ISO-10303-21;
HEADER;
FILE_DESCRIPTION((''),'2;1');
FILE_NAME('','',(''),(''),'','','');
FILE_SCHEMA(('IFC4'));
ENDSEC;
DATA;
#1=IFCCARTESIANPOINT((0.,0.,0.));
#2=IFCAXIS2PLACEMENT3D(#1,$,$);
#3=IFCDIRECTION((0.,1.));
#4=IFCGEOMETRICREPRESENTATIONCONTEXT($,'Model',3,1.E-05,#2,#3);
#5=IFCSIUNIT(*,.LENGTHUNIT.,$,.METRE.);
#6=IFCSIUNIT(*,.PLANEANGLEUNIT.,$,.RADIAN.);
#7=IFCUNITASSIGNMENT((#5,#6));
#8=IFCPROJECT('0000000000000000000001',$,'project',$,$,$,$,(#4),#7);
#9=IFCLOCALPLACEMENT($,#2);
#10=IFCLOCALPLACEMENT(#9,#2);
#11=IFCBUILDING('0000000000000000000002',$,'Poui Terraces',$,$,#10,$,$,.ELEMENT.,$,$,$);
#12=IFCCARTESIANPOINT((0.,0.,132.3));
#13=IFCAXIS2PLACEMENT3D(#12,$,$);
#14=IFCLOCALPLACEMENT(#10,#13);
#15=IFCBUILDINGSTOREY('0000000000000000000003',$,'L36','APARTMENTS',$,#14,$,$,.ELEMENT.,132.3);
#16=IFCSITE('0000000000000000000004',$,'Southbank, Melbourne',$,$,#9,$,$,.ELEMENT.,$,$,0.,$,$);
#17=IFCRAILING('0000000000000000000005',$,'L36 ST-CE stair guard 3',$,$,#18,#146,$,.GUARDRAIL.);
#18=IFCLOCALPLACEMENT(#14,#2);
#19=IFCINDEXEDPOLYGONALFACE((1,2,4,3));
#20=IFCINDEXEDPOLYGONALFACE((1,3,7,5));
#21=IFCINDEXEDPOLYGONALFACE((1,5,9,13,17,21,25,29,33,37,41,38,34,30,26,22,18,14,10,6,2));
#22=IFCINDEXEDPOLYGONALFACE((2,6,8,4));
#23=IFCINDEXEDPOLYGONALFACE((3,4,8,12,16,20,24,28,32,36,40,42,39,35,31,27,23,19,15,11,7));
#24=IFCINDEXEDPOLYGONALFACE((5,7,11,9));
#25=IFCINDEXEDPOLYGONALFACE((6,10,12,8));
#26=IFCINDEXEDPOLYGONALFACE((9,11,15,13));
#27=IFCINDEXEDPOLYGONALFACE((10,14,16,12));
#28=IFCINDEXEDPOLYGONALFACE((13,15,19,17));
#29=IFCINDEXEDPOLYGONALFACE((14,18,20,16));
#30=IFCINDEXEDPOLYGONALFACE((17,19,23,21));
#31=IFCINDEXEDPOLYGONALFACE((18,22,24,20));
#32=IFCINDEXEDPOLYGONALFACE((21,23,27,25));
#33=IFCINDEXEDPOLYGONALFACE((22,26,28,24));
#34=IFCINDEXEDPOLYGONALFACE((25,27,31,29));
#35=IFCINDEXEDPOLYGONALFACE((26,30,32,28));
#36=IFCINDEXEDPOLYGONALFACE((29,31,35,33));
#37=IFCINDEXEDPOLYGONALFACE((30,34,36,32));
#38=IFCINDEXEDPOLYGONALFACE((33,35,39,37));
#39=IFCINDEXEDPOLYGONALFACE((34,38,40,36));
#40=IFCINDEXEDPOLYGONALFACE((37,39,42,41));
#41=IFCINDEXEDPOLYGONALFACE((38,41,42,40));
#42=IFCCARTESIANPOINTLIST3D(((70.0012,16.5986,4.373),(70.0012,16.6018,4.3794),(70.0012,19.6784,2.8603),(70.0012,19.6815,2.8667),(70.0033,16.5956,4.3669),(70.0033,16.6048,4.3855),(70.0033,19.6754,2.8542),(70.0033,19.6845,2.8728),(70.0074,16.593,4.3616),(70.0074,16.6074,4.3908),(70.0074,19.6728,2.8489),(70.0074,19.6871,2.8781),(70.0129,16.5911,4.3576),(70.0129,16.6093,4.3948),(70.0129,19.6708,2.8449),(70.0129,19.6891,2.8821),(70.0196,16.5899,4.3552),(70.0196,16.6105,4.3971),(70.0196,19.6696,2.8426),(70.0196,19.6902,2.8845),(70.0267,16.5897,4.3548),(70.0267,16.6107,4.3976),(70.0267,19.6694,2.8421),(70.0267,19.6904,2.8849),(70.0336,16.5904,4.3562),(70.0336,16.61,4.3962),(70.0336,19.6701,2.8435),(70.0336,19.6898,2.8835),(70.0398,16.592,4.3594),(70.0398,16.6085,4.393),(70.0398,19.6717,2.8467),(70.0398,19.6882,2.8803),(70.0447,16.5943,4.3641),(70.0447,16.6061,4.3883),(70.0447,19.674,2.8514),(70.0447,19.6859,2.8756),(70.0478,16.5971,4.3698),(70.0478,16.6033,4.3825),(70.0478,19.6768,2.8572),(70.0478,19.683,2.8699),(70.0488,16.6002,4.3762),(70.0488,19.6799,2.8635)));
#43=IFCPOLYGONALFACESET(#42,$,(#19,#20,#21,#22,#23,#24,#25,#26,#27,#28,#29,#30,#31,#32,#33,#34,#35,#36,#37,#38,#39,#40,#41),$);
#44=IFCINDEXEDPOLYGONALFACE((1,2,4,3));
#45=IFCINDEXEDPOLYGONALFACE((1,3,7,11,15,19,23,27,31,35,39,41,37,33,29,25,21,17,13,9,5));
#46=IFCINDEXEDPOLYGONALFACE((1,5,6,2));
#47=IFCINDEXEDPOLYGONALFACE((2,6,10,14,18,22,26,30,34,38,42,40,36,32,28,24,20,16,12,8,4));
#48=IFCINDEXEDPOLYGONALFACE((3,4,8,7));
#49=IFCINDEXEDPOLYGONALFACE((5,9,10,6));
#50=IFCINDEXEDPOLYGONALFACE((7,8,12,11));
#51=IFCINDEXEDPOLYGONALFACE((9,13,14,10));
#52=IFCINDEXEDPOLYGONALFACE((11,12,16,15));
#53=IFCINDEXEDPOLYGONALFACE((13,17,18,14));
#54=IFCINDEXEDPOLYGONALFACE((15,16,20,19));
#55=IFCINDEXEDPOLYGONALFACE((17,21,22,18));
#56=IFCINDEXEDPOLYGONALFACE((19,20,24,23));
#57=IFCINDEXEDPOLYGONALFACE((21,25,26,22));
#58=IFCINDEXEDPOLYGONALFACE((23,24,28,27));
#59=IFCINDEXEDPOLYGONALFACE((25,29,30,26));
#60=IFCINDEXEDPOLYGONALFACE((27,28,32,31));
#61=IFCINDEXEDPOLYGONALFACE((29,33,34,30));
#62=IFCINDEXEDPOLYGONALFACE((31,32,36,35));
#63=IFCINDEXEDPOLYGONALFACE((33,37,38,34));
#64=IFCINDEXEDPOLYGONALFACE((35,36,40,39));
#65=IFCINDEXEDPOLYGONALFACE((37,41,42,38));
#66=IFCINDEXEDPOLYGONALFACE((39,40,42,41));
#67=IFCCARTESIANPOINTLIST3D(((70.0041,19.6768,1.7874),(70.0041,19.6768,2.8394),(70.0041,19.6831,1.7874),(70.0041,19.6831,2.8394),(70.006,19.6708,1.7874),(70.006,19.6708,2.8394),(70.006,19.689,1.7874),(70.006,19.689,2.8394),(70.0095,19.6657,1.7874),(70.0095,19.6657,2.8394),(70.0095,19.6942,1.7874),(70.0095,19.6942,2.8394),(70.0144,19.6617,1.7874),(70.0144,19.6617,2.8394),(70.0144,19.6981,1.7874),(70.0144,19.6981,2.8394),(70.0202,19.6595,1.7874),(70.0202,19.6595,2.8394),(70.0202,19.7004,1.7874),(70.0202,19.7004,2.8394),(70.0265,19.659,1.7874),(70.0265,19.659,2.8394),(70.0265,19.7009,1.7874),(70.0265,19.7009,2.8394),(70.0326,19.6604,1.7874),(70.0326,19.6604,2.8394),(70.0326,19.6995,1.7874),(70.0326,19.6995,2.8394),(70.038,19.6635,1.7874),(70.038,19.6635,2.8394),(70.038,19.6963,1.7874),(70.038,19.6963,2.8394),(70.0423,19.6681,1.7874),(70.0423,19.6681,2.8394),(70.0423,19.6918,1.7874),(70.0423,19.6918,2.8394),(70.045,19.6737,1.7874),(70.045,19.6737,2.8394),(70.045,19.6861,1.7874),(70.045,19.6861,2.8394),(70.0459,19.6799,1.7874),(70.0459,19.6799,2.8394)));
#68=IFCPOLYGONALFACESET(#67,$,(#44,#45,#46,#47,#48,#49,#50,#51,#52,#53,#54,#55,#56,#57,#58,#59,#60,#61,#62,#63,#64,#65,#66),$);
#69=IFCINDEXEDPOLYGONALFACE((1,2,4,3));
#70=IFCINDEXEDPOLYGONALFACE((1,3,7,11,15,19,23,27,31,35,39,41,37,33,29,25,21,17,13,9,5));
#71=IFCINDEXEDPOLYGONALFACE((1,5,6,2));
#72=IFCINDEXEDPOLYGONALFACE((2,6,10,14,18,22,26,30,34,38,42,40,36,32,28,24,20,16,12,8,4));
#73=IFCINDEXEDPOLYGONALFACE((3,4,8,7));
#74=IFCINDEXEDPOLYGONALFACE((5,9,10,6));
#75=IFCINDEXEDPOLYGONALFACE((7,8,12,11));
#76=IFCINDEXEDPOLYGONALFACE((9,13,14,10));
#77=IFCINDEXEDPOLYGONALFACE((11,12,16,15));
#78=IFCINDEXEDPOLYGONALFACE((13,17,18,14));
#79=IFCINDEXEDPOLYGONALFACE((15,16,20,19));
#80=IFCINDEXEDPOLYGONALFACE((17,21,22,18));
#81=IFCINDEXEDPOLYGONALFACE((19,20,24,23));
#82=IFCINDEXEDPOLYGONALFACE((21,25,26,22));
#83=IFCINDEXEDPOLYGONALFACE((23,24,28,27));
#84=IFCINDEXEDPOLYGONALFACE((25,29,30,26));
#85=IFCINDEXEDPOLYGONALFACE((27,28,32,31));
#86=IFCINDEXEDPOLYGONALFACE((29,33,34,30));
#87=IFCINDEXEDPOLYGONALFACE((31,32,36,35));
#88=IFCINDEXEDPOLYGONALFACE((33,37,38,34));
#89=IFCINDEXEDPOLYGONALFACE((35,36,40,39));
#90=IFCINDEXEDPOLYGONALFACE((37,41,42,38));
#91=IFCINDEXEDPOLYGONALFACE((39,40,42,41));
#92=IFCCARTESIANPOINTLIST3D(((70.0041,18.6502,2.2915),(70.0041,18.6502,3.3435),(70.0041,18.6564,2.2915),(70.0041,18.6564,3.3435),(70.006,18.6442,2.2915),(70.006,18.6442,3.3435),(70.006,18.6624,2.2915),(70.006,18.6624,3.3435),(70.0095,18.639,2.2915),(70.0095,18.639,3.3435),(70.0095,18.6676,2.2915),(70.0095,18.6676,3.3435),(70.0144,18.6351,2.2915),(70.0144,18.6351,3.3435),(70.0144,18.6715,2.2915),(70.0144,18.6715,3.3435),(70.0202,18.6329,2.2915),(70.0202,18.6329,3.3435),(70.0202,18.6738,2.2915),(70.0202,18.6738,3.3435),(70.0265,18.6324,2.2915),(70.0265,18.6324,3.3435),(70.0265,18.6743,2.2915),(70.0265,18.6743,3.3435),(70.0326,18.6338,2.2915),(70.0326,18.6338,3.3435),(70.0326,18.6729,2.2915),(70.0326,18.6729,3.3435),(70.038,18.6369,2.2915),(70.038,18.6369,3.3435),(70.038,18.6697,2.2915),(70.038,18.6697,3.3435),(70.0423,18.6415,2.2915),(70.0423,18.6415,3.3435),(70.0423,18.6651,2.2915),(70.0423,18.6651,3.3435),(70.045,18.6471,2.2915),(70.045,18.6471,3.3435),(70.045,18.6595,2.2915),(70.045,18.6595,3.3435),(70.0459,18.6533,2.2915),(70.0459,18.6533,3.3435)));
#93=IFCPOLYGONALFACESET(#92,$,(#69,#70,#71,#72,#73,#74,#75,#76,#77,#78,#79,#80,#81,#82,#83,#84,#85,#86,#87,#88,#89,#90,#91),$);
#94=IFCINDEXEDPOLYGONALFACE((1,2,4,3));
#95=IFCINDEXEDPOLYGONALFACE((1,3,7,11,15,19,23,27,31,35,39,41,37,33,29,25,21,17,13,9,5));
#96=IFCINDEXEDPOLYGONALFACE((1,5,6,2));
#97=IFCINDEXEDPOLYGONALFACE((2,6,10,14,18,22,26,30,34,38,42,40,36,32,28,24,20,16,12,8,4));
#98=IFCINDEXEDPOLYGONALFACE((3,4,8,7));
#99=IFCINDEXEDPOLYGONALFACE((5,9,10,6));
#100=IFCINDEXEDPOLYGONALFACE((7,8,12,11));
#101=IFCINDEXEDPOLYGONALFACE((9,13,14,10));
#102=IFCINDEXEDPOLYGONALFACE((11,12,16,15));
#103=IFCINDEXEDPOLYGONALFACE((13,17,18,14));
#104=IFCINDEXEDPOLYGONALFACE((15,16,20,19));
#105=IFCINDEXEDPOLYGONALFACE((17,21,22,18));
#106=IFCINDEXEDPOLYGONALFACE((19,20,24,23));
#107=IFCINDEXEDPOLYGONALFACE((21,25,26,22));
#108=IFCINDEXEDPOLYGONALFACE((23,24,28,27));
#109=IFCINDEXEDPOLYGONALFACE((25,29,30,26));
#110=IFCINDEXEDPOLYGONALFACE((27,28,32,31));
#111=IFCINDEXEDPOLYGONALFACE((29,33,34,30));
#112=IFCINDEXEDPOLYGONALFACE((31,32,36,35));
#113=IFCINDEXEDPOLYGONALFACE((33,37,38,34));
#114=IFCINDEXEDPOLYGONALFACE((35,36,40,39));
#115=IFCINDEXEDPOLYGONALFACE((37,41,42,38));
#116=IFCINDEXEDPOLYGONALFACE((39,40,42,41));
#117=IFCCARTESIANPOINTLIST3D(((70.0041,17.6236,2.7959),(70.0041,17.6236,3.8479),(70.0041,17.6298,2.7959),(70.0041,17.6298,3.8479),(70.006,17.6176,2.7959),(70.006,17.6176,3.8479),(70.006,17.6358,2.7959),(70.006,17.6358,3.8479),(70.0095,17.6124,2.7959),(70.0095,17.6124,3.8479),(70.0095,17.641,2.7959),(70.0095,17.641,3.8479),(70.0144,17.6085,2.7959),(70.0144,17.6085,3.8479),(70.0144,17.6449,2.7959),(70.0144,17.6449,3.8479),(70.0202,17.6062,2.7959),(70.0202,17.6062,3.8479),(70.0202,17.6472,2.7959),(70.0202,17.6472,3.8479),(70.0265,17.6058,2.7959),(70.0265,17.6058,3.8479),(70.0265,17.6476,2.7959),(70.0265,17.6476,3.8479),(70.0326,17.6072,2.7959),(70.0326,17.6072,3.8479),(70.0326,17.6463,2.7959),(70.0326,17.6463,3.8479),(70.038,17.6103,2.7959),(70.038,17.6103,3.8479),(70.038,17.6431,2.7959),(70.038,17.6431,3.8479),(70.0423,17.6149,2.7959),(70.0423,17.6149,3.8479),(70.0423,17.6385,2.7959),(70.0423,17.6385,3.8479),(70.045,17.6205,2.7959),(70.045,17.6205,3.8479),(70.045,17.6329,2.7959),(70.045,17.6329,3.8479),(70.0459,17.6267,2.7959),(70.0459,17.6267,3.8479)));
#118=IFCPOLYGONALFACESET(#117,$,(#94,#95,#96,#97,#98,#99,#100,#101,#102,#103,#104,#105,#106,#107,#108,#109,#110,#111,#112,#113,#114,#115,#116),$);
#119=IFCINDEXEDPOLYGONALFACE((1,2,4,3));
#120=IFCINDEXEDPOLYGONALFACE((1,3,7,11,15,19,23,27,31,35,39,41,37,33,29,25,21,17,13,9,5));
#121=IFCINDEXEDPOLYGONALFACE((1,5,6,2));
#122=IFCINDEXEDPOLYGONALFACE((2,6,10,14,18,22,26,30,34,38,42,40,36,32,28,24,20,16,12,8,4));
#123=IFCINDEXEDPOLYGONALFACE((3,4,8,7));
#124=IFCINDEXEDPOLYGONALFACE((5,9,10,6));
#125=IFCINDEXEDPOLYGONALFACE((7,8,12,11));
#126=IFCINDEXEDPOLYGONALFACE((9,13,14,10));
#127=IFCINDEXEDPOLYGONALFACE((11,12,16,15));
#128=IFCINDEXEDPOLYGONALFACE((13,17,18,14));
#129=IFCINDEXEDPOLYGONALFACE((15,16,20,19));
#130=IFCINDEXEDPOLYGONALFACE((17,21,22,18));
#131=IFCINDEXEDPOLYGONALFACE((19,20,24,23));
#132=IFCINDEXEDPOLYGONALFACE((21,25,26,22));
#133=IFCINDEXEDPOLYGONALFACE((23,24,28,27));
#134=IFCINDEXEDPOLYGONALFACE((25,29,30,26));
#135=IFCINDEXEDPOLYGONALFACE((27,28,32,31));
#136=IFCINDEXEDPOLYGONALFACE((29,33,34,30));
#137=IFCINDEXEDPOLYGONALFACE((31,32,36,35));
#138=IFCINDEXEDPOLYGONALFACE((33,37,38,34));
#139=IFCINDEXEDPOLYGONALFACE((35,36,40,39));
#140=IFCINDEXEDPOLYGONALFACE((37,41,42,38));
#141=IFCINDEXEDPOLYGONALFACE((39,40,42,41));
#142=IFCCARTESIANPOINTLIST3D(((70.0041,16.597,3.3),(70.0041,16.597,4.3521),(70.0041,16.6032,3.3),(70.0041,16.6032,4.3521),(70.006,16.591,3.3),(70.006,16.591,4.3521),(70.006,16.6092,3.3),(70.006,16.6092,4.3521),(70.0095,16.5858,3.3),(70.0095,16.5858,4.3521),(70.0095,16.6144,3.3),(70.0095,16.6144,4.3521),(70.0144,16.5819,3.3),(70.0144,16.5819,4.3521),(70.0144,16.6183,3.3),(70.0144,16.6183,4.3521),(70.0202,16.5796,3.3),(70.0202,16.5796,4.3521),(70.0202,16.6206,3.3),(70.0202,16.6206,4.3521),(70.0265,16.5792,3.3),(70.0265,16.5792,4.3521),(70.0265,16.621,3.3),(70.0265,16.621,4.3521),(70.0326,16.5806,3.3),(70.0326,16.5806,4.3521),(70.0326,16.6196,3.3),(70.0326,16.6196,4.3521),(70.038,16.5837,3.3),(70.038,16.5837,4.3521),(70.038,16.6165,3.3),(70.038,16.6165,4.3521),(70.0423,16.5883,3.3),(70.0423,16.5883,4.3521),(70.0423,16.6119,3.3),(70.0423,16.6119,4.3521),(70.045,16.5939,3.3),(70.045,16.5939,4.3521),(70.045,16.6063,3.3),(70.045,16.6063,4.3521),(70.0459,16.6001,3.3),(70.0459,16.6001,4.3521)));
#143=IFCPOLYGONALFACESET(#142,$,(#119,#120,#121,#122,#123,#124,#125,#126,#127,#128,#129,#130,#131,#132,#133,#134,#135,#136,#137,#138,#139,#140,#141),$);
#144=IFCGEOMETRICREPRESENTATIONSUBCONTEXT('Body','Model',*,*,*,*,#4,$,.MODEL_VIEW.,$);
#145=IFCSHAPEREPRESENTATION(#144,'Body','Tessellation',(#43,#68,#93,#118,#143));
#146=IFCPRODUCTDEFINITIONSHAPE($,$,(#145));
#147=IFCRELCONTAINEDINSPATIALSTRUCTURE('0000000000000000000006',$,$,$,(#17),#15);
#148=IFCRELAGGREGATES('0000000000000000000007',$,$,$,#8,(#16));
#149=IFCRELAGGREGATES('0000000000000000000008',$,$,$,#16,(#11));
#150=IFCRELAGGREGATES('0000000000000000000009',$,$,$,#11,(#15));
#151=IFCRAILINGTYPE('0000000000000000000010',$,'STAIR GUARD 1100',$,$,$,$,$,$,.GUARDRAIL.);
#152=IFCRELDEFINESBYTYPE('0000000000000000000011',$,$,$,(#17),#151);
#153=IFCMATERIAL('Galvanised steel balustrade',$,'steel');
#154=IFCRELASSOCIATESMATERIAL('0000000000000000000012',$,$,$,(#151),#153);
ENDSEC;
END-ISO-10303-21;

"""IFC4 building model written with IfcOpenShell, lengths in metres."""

from ifc_helpers import new_model, si_unit, direction, frame, origin, origin_2d, place, context, subcontext, project, spatial, circle, extrude, material, type_object, element, save


model = new_model("IFC4")

# Units and contexts
model_context = context("Model", 3, precision=1e-05, world=origin(), true_north=direction((0.0, 1.0)))
body_context = subcontext(model_context, "Body", "Model", "MODEL_VIEW")
ifc_project = project(units=[si_unit("LENGTHUNIT", "METRE"), si_unit("PLANEANGLEUNIT", "RADIAN")], contexts=[model_context])

# Site, building, storey
site_placement = place(None, origin())
site = spatial("IfcSite", under=ifc_project, at=site_placement, Name="Southbank, Melbourne", CompositionType="ELEMENT", RefElevation=0.0)
building_placement = place(site_placement, origin())
building = spatial("IfcBuilding", under=site, at=building_placement, Name="Poui Terraces", CompositionType="ELEMENT")
storey_placement = place(building_placement, frame((0.0, 0.0, 132.3)))
storey = spatial("IfcBuildingStorey", under=building, at=storey_placement, Name="L36", Description="APARTMENTS", CompositionType="ELEMENT", Elevation=132.3)

# Railing
ifc_material_1 = material(Name="Galvanised steel balustrade", Category="steel")
railing_type_1 = type_object("IfcRailingType", Name="STAIR GUARD 1100", PredefinedType="GUARDRAIL", material=ifc_material_1)
railing_1_placement = place(storey_placement, frame((70.0249, 19.6799, 1.7874)))
element("IfcRailing", 1, at=railing_1_placement, inside=storey, type_object=railing_type_1, Name="L36 ST-CE stair guard 3", PredefinedType="GUARDRAIL", context=body_context, shape_type="SweptSolid", body=[
    extrude(circle(Radius=0.0239, at=origin_2d()), frame((0.0, 0.0, 1.0762), z_axis=(0.0, -0.897578, 0.440856), x_axis=(1.0, 0.0, 0.0)), (0.0, 0.0, 1.0), 3.4312),
    extrude(circle(Radius=0.021, at=origin_2d()), origin(), (0.0, 0.0, 1.0), 1.052),
    extrude(circle(Radius=0.021, at=origin_2d()), frame((0.0, -1.0266, 0.5042)), (0.0, 0.0, 1.0), 1.052),
    extrude(circle(Radius=0.021, at=origin_2d()), frame((0.0, -2.0532, 1.0085)), (0.0, 0.0, 1.0), 1.052),
    extrude(circle(Radius=0.021, at=origin_2d()), frame((0.0, -3.0798, 1.5127)), (0.0, 0.0, 1.0), 1.052),
])

save(model, "model.ifc")
